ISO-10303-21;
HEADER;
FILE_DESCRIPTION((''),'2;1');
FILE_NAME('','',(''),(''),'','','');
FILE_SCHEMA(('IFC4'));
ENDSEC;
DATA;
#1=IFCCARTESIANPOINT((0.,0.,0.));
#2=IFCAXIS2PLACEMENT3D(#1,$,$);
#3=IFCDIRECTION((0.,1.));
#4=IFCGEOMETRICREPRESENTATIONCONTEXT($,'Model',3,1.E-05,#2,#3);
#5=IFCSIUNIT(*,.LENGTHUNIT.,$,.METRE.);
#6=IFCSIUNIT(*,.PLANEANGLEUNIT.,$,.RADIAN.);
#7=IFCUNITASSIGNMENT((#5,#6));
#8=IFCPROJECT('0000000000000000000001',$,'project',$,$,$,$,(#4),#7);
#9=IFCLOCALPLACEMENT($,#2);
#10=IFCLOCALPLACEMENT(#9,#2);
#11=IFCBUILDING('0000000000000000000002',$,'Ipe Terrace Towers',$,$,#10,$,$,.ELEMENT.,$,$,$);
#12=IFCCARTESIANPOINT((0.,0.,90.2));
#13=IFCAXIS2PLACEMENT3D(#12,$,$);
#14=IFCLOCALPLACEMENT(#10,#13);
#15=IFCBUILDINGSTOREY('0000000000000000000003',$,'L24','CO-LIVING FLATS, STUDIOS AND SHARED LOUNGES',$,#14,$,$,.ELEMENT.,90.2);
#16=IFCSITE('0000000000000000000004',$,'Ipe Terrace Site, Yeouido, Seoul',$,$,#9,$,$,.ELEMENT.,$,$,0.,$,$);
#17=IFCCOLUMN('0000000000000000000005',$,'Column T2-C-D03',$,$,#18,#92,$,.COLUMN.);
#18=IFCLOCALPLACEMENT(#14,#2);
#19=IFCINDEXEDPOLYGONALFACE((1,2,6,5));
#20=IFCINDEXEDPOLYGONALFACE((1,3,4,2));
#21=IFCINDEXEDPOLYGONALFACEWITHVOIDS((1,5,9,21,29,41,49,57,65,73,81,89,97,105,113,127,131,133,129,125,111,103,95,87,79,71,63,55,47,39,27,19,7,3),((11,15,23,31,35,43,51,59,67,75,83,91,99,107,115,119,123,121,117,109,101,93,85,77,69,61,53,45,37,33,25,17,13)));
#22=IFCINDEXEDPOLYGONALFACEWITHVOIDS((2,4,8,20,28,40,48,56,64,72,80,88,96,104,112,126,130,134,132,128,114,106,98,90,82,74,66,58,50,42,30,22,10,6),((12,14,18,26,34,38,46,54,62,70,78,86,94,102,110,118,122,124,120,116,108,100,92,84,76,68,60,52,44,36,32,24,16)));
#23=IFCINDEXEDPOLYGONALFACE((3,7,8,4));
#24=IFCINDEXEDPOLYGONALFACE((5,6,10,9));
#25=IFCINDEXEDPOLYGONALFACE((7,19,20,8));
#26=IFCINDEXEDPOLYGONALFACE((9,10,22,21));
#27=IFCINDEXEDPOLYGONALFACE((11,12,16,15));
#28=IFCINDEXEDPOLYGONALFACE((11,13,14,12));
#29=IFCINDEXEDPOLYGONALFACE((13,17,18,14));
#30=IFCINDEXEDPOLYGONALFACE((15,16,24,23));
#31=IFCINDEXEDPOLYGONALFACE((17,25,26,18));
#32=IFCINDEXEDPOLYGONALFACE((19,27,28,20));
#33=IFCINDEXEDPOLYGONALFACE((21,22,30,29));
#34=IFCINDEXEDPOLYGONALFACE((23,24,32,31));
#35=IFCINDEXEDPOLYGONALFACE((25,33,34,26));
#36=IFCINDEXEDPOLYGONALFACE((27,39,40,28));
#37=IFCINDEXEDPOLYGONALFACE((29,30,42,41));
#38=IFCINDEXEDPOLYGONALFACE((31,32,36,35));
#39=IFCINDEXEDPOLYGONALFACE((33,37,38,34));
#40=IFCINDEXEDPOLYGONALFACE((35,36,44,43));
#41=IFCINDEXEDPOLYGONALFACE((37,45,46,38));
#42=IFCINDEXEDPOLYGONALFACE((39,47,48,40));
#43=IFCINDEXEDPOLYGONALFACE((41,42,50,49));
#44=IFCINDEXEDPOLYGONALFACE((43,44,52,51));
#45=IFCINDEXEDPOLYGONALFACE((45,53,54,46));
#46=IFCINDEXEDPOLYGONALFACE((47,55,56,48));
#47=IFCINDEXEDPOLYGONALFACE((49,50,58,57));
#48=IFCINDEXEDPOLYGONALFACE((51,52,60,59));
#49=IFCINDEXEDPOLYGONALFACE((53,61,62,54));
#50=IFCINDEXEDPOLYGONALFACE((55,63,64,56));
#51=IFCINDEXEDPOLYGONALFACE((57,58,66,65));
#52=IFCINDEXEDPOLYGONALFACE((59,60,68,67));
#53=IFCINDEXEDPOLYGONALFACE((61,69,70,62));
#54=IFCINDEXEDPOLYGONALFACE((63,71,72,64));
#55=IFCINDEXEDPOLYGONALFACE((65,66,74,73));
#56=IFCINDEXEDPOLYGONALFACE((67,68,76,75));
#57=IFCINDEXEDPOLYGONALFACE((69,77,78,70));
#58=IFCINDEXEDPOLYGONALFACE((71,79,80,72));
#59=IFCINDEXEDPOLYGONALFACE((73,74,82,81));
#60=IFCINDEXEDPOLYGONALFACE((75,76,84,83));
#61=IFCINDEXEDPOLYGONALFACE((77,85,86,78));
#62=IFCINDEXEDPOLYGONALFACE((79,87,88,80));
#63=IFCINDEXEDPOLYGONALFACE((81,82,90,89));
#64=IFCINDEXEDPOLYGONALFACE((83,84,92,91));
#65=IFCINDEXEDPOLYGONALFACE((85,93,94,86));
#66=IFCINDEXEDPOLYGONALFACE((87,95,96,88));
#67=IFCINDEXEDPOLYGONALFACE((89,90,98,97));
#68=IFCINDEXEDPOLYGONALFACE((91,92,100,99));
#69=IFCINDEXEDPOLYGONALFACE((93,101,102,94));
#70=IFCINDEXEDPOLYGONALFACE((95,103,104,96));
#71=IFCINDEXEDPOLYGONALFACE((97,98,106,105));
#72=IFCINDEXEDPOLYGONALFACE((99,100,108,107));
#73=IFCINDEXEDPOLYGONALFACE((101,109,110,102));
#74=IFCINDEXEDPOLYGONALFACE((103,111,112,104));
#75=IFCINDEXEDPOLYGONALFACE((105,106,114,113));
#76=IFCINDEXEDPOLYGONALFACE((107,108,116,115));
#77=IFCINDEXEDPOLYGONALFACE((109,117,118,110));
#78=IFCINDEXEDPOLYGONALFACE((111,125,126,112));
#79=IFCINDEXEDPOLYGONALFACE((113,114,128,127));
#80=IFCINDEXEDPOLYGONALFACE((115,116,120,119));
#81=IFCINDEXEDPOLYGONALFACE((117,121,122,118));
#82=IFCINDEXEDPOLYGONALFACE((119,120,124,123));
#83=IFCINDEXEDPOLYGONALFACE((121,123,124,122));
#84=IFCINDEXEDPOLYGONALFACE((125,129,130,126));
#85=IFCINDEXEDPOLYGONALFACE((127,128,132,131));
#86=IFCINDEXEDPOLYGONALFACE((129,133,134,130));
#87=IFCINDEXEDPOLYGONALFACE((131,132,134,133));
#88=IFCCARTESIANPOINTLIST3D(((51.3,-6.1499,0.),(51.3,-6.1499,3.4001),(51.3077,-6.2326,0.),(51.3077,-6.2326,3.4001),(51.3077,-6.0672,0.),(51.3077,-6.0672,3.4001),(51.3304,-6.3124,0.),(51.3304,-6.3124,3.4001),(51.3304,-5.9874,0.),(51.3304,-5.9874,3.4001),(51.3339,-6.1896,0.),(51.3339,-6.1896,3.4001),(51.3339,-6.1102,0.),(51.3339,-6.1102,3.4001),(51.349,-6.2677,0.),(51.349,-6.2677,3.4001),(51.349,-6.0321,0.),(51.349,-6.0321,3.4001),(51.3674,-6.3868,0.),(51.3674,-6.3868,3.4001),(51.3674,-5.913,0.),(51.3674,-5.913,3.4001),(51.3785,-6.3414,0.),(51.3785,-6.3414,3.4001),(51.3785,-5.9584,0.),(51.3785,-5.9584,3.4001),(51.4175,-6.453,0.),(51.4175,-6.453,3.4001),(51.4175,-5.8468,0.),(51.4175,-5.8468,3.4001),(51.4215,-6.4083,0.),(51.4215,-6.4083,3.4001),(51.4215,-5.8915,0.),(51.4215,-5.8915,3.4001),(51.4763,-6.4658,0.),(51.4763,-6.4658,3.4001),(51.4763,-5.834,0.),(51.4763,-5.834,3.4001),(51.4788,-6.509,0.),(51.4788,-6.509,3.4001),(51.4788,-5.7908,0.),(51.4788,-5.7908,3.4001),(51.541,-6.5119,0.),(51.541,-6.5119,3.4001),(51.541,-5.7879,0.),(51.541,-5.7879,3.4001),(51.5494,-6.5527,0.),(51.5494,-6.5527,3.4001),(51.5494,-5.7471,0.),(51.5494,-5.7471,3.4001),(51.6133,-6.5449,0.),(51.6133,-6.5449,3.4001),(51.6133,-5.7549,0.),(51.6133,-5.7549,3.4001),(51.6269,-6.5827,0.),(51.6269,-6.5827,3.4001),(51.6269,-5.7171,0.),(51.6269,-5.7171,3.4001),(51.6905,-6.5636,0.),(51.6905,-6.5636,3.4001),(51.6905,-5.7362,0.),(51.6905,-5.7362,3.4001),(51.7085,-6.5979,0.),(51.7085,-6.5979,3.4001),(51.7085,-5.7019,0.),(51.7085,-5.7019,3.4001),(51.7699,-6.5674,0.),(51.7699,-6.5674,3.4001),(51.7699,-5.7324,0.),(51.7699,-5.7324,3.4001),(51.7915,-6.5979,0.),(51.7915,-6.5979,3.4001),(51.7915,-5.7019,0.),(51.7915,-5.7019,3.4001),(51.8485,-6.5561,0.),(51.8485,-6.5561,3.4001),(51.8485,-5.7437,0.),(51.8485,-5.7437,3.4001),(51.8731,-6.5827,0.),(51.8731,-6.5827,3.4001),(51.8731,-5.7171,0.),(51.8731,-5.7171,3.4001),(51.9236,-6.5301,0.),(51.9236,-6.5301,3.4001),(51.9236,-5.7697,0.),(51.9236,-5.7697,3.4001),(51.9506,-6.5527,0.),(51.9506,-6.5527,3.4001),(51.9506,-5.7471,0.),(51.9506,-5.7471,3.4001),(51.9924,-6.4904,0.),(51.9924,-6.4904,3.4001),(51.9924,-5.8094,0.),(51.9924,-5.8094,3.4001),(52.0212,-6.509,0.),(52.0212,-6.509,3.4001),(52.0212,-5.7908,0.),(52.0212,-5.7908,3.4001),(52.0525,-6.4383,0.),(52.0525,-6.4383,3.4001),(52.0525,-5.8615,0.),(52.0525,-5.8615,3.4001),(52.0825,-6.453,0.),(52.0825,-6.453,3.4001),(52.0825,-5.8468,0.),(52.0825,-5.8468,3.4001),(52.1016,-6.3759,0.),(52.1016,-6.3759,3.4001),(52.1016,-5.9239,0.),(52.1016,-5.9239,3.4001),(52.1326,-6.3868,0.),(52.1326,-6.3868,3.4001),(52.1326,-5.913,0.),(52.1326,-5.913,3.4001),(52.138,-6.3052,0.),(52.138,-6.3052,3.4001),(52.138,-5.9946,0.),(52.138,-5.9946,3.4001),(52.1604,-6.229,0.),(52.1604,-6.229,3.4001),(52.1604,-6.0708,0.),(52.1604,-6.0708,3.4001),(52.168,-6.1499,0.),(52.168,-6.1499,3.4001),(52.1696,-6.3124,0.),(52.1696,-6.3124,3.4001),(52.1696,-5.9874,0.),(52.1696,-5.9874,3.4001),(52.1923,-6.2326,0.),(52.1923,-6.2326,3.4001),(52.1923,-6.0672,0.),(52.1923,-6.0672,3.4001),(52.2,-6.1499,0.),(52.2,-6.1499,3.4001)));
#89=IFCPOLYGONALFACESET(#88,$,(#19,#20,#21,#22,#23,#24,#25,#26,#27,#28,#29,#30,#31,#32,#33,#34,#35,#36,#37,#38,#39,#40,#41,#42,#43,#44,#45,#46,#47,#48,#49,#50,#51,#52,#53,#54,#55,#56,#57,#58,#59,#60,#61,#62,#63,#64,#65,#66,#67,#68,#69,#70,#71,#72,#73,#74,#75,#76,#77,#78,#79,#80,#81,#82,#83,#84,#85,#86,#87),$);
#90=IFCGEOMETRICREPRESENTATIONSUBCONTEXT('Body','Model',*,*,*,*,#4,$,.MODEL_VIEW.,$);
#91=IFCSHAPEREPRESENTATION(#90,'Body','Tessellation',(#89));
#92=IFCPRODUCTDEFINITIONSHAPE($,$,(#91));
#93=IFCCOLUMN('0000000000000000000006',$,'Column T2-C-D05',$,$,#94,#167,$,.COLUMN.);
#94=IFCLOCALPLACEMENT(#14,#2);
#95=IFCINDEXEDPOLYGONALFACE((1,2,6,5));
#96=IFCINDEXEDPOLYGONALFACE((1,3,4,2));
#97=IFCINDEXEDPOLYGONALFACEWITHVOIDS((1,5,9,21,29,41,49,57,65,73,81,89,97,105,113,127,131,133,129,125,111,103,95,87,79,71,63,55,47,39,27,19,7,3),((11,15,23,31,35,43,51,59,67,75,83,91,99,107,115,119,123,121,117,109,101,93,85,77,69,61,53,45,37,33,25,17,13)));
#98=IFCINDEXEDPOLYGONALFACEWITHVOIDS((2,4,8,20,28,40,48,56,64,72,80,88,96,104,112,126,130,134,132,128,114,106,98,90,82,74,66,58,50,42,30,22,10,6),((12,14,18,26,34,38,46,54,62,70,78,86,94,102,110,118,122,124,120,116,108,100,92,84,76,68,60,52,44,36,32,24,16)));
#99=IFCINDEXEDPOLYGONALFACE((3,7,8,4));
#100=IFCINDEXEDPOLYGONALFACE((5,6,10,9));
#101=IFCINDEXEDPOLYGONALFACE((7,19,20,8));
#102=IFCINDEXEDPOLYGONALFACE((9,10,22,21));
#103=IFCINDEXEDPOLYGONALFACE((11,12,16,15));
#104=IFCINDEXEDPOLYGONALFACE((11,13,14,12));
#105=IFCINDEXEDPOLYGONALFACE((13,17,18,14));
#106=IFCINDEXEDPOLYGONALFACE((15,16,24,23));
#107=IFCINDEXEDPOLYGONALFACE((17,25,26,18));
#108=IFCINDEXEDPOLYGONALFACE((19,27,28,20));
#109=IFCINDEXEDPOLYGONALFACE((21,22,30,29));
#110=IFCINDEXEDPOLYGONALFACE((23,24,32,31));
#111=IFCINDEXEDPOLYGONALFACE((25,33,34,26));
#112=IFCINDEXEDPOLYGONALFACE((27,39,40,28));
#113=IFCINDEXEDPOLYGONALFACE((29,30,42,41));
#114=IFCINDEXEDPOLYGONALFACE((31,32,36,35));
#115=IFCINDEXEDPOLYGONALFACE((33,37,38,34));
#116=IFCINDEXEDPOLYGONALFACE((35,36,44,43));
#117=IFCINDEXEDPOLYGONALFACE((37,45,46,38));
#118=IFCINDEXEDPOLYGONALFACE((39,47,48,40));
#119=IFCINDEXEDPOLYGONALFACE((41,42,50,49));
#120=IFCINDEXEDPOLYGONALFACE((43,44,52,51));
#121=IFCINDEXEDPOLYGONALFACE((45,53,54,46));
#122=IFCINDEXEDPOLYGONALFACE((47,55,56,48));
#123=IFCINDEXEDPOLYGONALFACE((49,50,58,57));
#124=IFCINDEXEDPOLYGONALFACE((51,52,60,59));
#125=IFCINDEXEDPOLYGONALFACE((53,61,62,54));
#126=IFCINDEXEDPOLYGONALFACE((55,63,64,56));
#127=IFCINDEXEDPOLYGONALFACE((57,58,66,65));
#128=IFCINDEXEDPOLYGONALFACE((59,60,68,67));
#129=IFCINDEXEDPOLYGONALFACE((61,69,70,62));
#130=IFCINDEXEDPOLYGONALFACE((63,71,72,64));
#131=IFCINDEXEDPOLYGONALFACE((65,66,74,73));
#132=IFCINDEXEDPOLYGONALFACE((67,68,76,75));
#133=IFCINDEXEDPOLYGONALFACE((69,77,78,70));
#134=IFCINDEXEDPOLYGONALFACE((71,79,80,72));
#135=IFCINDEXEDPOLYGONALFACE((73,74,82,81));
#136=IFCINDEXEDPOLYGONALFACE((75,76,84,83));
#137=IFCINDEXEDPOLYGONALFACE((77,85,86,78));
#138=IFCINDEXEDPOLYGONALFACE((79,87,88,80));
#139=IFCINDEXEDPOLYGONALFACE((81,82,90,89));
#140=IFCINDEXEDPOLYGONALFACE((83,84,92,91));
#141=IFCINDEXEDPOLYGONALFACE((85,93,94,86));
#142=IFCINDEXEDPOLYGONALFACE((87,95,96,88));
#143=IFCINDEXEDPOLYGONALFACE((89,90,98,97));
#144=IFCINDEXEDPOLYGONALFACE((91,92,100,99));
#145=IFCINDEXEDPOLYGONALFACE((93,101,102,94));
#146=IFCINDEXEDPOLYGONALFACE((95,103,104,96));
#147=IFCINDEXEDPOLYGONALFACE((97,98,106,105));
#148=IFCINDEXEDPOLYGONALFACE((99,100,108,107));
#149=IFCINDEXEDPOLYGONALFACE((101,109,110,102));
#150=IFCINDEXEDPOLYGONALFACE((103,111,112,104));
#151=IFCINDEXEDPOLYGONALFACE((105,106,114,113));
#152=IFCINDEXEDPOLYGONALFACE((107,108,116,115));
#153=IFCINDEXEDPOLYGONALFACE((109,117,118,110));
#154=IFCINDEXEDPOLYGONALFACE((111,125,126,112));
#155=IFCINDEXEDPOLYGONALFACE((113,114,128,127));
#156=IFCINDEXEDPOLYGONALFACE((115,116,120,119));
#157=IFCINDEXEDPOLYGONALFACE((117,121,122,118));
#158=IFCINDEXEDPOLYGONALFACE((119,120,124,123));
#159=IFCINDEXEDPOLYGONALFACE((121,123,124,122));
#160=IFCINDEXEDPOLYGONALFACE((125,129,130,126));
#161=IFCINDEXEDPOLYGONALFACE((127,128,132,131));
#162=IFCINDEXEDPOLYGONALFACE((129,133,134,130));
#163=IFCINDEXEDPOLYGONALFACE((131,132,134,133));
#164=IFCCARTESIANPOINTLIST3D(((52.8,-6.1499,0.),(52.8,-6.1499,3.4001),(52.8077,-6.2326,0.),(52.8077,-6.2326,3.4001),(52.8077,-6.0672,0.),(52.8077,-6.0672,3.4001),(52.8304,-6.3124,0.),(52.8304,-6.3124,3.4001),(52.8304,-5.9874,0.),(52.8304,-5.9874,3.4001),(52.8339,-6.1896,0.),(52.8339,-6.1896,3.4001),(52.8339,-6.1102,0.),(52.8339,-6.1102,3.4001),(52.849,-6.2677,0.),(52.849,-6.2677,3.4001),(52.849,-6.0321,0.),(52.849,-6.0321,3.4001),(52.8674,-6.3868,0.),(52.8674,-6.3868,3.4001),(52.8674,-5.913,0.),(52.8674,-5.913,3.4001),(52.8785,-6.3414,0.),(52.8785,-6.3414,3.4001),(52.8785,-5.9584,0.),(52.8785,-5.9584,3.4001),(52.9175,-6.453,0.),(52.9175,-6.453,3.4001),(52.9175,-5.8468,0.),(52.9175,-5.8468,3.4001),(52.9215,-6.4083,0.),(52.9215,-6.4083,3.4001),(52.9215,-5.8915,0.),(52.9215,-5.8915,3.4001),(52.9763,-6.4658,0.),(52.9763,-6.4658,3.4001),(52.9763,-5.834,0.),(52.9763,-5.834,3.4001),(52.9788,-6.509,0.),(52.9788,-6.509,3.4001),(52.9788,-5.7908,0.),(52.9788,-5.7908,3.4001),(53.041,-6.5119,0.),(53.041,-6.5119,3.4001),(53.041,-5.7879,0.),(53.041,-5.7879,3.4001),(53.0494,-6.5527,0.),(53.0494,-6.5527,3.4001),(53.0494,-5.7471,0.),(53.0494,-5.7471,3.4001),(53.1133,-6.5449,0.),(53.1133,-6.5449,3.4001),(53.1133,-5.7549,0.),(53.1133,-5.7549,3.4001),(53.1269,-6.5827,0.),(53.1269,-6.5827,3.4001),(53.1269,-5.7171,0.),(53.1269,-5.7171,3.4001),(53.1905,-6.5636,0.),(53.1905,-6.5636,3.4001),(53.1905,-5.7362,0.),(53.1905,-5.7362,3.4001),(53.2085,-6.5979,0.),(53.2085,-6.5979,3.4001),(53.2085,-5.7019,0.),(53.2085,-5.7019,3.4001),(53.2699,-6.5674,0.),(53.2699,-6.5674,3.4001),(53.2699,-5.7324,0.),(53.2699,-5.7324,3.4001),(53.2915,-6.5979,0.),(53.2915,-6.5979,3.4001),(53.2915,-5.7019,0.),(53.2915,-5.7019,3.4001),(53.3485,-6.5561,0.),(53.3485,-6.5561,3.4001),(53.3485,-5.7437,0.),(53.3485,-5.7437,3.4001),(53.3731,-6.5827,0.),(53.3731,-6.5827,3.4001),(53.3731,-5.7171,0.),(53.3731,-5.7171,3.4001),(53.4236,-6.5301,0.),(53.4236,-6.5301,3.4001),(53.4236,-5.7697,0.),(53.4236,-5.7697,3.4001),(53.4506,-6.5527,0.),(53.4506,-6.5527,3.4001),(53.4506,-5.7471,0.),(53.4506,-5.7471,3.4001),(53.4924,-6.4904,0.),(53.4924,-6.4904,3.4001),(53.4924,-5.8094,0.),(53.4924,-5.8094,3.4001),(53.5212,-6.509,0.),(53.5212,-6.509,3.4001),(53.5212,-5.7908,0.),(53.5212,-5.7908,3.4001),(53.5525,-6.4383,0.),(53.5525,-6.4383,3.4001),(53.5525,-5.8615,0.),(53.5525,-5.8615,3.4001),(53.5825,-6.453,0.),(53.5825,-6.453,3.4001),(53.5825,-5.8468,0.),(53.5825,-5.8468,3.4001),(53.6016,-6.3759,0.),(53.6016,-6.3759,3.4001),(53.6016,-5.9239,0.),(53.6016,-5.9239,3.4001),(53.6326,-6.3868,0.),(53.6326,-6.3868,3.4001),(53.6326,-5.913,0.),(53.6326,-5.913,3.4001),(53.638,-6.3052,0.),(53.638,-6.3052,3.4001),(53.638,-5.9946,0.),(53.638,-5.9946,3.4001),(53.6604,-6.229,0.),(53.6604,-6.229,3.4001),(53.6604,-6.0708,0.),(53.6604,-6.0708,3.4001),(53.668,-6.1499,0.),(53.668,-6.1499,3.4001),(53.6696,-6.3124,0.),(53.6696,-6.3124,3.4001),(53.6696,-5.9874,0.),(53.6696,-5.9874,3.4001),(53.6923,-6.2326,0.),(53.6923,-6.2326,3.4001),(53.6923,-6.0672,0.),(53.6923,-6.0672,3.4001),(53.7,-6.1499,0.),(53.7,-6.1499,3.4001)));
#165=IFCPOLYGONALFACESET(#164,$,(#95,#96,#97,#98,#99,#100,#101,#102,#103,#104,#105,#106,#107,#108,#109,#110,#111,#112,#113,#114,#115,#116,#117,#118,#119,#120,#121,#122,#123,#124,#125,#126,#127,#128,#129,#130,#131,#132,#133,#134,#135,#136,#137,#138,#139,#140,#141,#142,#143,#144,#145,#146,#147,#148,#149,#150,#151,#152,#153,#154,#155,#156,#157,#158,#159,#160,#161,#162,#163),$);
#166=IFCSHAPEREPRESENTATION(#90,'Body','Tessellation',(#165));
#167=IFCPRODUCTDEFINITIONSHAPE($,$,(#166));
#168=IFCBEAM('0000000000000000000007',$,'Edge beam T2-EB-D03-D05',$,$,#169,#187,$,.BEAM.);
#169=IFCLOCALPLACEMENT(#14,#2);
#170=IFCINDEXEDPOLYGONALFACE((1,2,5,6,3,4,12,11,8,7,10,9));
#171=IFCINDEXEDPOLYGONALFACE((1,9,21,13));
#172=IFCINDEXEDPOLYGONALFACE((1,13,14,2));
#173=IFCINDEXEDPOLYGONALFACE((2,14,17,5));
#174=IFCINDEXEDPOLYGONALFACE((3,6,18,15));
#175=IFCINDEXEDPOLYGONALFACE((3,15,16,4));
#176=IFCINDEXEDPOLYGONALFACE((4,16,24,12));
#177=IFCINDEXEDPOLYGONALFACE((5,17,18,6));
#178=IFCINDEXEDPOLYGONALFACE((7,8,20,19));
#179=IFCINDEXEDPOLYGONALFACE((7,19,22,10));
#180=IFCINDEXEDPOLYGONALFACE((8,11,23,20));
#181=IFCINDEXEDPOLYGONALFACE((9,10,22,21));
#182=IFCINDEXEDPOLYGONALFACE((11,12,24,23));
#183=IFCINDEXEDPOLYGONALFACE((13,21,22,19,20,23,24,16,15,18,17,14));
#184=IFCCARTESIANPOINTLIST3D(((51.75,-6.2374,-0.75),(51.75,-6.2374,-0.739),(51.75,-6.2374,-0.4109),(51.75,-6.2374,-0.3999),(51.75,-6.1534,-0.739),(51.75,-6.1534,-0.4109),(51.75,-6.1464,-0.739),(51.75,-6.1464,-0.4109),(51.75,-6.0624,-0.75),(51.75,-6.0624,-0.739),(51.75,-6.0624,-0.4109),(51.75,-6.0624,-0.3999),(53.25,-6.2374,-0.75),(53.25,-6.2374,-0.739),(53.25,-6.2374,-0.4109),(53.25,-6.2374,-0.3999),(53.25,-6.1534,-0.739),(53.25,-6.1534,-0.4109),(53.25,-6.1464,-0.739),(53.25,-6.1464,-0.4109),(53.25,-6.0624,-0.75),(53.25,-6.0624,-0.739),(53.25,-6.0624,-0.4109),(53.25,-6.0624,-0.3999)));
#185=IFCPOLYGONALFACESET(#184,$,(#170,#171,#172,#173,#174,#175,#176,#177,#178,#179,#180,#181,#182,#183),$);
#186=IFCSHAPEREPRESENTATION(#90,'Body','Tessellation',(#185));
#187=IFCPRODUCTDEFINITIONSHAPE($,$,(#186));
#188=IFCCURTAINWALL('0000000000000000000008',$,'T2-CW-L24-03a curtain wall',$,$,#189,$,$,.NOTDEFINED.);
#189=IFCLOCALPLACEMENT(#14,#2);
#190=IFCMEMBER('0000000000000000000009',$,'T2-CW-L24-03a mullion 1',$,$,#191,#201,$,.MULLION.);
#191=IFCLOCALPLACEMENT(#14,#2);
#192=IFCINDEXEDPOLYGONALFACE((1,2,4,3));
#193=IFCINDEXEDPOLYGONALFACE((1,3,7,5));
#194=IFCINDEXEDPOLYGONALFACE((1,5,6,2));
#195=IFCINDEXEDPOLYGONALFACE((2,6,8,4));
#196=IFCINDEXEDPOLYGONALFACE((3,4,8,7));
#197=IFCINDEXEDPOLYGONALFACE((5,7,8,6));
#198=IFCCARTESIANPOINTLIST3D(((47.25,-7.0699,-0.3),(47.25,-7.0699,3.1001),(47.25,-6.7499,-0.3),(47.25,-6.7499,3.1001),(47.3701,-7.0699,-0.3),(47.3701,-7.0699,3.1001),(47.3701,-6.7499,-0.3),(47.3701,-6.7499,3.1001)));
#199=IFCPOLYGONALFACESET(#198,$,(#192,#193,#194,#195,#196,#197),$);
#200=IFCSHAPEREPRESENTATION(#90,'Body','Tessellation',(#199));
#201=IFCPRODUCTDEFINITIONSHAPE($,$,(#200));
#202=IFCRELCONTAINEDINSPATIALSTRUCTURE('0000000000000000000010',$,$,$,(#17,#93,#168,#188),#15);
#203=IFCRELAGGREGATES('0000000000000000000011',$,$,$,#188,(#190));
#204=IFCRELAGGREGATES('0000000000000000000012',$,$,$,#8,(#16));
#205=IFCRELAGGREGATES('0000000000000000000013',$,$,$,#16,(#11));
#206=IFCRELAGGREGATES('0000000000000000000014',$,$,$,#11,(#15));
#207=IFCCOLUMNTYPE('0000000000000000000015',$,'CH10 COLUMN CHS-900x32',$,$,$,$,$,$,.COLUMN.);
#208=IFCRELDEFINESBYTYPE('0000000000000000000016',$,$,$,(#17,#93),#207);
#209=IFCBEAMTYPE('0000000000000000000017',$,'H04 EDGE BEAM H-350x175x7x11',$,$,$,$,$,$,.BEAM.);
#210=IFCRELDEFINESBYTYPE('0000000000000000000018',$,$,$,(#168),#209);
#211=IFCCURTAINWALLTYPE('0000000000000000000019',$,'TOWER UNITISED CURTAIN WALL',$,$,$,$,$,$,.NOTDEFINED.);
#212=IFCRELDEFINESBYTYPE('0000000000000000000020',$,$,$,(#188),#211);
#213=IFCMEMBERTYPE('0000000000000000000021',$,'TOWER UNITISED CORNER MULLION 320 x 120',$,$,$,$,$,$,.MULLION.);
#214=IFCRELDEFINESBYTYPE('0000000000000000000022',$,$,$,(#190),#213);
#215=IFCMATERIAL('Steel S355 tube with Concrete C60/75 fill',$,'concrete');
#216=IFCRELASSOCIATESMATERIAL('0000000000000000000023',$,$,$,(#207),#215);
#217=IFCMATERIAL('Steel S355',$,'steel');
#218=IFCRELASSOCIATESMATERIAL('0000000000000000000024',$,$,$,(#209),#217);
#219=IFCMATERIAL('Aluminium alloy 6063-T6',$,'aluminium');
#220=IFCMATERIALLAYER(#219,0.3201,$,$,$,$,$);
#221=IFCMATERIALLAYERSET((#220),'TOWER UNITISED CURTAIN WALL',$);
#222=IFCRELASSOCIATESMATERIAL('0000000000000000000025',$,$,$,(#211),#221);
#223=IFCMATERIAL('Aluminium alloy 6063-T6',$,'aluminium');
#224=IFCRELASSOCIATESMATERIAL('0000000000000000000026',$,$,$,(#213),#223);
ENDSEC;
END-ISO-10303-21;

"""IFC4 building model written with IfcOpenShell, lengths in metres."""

from ifc_helpers import new_model, si_unit, direction, frame, origin, origin_2d, place, context, subcontext, project, spatial, rectangle, hollow_circle, i_section, extrude, material, layer, layer_set, material_profile, profile_set, type_object, element, aggregate, save


model = new_model("IFC4")

# Units and contexts
model_context = context("Model", 3, precision=1e-05, world=origin(), true_north=direction((0.0, 1.0)))
body_context = subcontext(model_context, "Body", "Model", "MODEL_VIEW")
ifc_project = project(units=[si_unit("LENGTHUNIT", "METRE"), si_unit("PLANEANGLEUNIT", "RADIAN")], contexts=[model_context])

# Site, building, storey
site_placement = place(None, origin())
site = spatial("IfcSite", under=ifc_project, at=site_placement, Name="Ipe Terrace Site, Yeouido, Seoul", CompositionType="ELEMENT", RefElevation=0.0)
building_placement = place(site_placement, origin())
building = spatial("IfcBuilding", under=site, at=building_placement, Name="Ipe Terrace Towers", CompositionType="ELEMENT")
storey_placement = place(building_placement, frame((0.0, 0.0, 90.2)))
storey = spatial("IfcBuildingStorey", under=building, at=storey_placement, Name="L24", Description="CO-LIVING FLATS, STUDIOS AND SHARED LOUNGES", CompositionType="ELEMENT", Elevation=90.2)

# Columns
ifc_material_1 = material(Name="Steel S355 tube with Concrete C60/75 fill", Category="concrete")
ifc_material_profile_1 = material_profile(ifc_material_1, hollow_circle(Radius=0.45, WallThickness=0.032, at=origin_2d()), Name="CHS-900x32")
ifc_profile_set_1 = profile_set([ifc_material_profile_1], Name="Steel S355 tube with Concrete C60/75 fill")
column_type = type_object("IfcColumnType", Name="CH10 COLUMN CHS-900x32", PredefinedType="COLUMN", material=ifc_profile_set_1)
for number, where, z_axis, x_axis, name in (
    (1, (51.75, -6.1499, 0.0), (0.0, 0.0, 1.0), (1.0, 0.0, 0.0), "Column T2-C-D03"),
    (2, (53.25, -6.1499, 0.0), (0.0, 0.0, 1.0), (1.0, 0.0, 0.0), "Column T2-C-D05"),
):
    element("IfcColumn", number, at=place(storey_placement, frame(where, z_axis=z_axis, x_axis=x_axis)), inside=storey, type_object=column_type, Name=name, PredefinedType="COLUMN", context=body_context, shape_type="SweptSolid", body=[
        extrude(hollow_circle(Radius=0.45, WallThickness=0.032, at=origin_2d()), origin(), (0.0, 0.0, 1.0), 3.4001),
    ])

# Beam
ifc_material_2 = material(Name="Steel S355", Category="steel")
ifc_material_profile_2 = material_profile(ifc_material_2, i_section(OverallWidth=0.175, OverallDepth=0.3501, WebThickness=0.0071, FlangeThickness=0.011, at=origin_2d()), Name="H-350x175x7x11")
ifc_profile_set_2 = profile_set([ifc_material_profile_2], Name="Steel S355")
beam_type = type_object("IfcBeamType", Name="H04 EDGE BEAM H-350x175x7x11", PredefinedType="BEAM", material=ifc_profile_set_2)
beam_placement = place(storey_placement, frame((51.75, -6.1499, -0.575), z_axis=(1.0, 0.0, 0.0), x_axis=(0.0, 1.0, 0.0)))
element("IfcBeam", 3, at=beam_placement, inside=storey, type_object=beam_type, Name="Edge beam T2-EB-D03-D05", PredefinedType="BEAM", context=body_context, shape_type="SweptSolid", body=[
    extrude(i_section(OverallWidth=0.175, OverallDepth=0.3501, WebThickness=0.0071, FlangeThickness=0.011, at=origin_2d()), origin(), (0.0, 0.0, 1.0), 1.5),
])

# Curtain wall, member
ifc_material_3 = material(Name="Aluminium alloy 6063-T6", Category="aluminium")
ifc_layer_1 = layer(ifc_material_3, 0.3201)
ifc_layer_set_1 = layer_set([ifc_layer_1], Name="TOWER UNITISED CURTAIN WALL")
curtain_wall_type = type_object("IfcCurtainWallType", Name="TOWER UNITISED CURTAIN WALL", PredefinedType="NOTDEFINED", material=ifc_layer_set_1)
curtain_wall_1_placement = place(storey_placement, origin())
curtain_wall_1 = element("IfcCurtainWall", 4, at=curtain_wall_1_placement, inside=storey, type_object=curtain_wall_type, Name="T2-CW-L24-03a curtain wall", PredefinedType="NOTDEFINED")
ifc_material_4 = material(Name="Aluminium alloy 6063-T6", Category="aluminium")
ifc_material_profile_3 = material_profile(ifc_material_4, rectangle(XDim=0.3201, YDim=0.1201, at=origin_2d()), Name="TOWER UNITISED CORNER MULLION 320 x 120")
ifc_profile_set_3 = profile_set([ifc_material_profile_3], Name="Aluminium alloy 6063-T6")
member_type_1 = type_object("IfcMemberType", Name="TOWER UNITISED CORNER MULLION 320 x 120", PredefinedType="MULLION", material=ifc_profile_set_3)
member_1_placement = place(storey_placement, frame((47.3101, -6.9099, -0.3), z_axis=(0.0, 0.0, 1.0), x_axis=(0.0, -1.0, 0.0)))
member_1 = element("IfcMember", 5, at=member_1_placement, type_object=member_type_1, Name="T2-CW-L24-03a mullion 1", PredefinedType="MULLION", context=body_context, shape_type="SweptSolid", body=[
    extrude(rectangle(XDim=0.3201, YDim=0.1201, at=origin_2d()), origin(), (0.0, 0.0, 1.0), 3.4001),
])

aggregate(curtain_wall_1, [member_1])

save(model, "model.ifc")
